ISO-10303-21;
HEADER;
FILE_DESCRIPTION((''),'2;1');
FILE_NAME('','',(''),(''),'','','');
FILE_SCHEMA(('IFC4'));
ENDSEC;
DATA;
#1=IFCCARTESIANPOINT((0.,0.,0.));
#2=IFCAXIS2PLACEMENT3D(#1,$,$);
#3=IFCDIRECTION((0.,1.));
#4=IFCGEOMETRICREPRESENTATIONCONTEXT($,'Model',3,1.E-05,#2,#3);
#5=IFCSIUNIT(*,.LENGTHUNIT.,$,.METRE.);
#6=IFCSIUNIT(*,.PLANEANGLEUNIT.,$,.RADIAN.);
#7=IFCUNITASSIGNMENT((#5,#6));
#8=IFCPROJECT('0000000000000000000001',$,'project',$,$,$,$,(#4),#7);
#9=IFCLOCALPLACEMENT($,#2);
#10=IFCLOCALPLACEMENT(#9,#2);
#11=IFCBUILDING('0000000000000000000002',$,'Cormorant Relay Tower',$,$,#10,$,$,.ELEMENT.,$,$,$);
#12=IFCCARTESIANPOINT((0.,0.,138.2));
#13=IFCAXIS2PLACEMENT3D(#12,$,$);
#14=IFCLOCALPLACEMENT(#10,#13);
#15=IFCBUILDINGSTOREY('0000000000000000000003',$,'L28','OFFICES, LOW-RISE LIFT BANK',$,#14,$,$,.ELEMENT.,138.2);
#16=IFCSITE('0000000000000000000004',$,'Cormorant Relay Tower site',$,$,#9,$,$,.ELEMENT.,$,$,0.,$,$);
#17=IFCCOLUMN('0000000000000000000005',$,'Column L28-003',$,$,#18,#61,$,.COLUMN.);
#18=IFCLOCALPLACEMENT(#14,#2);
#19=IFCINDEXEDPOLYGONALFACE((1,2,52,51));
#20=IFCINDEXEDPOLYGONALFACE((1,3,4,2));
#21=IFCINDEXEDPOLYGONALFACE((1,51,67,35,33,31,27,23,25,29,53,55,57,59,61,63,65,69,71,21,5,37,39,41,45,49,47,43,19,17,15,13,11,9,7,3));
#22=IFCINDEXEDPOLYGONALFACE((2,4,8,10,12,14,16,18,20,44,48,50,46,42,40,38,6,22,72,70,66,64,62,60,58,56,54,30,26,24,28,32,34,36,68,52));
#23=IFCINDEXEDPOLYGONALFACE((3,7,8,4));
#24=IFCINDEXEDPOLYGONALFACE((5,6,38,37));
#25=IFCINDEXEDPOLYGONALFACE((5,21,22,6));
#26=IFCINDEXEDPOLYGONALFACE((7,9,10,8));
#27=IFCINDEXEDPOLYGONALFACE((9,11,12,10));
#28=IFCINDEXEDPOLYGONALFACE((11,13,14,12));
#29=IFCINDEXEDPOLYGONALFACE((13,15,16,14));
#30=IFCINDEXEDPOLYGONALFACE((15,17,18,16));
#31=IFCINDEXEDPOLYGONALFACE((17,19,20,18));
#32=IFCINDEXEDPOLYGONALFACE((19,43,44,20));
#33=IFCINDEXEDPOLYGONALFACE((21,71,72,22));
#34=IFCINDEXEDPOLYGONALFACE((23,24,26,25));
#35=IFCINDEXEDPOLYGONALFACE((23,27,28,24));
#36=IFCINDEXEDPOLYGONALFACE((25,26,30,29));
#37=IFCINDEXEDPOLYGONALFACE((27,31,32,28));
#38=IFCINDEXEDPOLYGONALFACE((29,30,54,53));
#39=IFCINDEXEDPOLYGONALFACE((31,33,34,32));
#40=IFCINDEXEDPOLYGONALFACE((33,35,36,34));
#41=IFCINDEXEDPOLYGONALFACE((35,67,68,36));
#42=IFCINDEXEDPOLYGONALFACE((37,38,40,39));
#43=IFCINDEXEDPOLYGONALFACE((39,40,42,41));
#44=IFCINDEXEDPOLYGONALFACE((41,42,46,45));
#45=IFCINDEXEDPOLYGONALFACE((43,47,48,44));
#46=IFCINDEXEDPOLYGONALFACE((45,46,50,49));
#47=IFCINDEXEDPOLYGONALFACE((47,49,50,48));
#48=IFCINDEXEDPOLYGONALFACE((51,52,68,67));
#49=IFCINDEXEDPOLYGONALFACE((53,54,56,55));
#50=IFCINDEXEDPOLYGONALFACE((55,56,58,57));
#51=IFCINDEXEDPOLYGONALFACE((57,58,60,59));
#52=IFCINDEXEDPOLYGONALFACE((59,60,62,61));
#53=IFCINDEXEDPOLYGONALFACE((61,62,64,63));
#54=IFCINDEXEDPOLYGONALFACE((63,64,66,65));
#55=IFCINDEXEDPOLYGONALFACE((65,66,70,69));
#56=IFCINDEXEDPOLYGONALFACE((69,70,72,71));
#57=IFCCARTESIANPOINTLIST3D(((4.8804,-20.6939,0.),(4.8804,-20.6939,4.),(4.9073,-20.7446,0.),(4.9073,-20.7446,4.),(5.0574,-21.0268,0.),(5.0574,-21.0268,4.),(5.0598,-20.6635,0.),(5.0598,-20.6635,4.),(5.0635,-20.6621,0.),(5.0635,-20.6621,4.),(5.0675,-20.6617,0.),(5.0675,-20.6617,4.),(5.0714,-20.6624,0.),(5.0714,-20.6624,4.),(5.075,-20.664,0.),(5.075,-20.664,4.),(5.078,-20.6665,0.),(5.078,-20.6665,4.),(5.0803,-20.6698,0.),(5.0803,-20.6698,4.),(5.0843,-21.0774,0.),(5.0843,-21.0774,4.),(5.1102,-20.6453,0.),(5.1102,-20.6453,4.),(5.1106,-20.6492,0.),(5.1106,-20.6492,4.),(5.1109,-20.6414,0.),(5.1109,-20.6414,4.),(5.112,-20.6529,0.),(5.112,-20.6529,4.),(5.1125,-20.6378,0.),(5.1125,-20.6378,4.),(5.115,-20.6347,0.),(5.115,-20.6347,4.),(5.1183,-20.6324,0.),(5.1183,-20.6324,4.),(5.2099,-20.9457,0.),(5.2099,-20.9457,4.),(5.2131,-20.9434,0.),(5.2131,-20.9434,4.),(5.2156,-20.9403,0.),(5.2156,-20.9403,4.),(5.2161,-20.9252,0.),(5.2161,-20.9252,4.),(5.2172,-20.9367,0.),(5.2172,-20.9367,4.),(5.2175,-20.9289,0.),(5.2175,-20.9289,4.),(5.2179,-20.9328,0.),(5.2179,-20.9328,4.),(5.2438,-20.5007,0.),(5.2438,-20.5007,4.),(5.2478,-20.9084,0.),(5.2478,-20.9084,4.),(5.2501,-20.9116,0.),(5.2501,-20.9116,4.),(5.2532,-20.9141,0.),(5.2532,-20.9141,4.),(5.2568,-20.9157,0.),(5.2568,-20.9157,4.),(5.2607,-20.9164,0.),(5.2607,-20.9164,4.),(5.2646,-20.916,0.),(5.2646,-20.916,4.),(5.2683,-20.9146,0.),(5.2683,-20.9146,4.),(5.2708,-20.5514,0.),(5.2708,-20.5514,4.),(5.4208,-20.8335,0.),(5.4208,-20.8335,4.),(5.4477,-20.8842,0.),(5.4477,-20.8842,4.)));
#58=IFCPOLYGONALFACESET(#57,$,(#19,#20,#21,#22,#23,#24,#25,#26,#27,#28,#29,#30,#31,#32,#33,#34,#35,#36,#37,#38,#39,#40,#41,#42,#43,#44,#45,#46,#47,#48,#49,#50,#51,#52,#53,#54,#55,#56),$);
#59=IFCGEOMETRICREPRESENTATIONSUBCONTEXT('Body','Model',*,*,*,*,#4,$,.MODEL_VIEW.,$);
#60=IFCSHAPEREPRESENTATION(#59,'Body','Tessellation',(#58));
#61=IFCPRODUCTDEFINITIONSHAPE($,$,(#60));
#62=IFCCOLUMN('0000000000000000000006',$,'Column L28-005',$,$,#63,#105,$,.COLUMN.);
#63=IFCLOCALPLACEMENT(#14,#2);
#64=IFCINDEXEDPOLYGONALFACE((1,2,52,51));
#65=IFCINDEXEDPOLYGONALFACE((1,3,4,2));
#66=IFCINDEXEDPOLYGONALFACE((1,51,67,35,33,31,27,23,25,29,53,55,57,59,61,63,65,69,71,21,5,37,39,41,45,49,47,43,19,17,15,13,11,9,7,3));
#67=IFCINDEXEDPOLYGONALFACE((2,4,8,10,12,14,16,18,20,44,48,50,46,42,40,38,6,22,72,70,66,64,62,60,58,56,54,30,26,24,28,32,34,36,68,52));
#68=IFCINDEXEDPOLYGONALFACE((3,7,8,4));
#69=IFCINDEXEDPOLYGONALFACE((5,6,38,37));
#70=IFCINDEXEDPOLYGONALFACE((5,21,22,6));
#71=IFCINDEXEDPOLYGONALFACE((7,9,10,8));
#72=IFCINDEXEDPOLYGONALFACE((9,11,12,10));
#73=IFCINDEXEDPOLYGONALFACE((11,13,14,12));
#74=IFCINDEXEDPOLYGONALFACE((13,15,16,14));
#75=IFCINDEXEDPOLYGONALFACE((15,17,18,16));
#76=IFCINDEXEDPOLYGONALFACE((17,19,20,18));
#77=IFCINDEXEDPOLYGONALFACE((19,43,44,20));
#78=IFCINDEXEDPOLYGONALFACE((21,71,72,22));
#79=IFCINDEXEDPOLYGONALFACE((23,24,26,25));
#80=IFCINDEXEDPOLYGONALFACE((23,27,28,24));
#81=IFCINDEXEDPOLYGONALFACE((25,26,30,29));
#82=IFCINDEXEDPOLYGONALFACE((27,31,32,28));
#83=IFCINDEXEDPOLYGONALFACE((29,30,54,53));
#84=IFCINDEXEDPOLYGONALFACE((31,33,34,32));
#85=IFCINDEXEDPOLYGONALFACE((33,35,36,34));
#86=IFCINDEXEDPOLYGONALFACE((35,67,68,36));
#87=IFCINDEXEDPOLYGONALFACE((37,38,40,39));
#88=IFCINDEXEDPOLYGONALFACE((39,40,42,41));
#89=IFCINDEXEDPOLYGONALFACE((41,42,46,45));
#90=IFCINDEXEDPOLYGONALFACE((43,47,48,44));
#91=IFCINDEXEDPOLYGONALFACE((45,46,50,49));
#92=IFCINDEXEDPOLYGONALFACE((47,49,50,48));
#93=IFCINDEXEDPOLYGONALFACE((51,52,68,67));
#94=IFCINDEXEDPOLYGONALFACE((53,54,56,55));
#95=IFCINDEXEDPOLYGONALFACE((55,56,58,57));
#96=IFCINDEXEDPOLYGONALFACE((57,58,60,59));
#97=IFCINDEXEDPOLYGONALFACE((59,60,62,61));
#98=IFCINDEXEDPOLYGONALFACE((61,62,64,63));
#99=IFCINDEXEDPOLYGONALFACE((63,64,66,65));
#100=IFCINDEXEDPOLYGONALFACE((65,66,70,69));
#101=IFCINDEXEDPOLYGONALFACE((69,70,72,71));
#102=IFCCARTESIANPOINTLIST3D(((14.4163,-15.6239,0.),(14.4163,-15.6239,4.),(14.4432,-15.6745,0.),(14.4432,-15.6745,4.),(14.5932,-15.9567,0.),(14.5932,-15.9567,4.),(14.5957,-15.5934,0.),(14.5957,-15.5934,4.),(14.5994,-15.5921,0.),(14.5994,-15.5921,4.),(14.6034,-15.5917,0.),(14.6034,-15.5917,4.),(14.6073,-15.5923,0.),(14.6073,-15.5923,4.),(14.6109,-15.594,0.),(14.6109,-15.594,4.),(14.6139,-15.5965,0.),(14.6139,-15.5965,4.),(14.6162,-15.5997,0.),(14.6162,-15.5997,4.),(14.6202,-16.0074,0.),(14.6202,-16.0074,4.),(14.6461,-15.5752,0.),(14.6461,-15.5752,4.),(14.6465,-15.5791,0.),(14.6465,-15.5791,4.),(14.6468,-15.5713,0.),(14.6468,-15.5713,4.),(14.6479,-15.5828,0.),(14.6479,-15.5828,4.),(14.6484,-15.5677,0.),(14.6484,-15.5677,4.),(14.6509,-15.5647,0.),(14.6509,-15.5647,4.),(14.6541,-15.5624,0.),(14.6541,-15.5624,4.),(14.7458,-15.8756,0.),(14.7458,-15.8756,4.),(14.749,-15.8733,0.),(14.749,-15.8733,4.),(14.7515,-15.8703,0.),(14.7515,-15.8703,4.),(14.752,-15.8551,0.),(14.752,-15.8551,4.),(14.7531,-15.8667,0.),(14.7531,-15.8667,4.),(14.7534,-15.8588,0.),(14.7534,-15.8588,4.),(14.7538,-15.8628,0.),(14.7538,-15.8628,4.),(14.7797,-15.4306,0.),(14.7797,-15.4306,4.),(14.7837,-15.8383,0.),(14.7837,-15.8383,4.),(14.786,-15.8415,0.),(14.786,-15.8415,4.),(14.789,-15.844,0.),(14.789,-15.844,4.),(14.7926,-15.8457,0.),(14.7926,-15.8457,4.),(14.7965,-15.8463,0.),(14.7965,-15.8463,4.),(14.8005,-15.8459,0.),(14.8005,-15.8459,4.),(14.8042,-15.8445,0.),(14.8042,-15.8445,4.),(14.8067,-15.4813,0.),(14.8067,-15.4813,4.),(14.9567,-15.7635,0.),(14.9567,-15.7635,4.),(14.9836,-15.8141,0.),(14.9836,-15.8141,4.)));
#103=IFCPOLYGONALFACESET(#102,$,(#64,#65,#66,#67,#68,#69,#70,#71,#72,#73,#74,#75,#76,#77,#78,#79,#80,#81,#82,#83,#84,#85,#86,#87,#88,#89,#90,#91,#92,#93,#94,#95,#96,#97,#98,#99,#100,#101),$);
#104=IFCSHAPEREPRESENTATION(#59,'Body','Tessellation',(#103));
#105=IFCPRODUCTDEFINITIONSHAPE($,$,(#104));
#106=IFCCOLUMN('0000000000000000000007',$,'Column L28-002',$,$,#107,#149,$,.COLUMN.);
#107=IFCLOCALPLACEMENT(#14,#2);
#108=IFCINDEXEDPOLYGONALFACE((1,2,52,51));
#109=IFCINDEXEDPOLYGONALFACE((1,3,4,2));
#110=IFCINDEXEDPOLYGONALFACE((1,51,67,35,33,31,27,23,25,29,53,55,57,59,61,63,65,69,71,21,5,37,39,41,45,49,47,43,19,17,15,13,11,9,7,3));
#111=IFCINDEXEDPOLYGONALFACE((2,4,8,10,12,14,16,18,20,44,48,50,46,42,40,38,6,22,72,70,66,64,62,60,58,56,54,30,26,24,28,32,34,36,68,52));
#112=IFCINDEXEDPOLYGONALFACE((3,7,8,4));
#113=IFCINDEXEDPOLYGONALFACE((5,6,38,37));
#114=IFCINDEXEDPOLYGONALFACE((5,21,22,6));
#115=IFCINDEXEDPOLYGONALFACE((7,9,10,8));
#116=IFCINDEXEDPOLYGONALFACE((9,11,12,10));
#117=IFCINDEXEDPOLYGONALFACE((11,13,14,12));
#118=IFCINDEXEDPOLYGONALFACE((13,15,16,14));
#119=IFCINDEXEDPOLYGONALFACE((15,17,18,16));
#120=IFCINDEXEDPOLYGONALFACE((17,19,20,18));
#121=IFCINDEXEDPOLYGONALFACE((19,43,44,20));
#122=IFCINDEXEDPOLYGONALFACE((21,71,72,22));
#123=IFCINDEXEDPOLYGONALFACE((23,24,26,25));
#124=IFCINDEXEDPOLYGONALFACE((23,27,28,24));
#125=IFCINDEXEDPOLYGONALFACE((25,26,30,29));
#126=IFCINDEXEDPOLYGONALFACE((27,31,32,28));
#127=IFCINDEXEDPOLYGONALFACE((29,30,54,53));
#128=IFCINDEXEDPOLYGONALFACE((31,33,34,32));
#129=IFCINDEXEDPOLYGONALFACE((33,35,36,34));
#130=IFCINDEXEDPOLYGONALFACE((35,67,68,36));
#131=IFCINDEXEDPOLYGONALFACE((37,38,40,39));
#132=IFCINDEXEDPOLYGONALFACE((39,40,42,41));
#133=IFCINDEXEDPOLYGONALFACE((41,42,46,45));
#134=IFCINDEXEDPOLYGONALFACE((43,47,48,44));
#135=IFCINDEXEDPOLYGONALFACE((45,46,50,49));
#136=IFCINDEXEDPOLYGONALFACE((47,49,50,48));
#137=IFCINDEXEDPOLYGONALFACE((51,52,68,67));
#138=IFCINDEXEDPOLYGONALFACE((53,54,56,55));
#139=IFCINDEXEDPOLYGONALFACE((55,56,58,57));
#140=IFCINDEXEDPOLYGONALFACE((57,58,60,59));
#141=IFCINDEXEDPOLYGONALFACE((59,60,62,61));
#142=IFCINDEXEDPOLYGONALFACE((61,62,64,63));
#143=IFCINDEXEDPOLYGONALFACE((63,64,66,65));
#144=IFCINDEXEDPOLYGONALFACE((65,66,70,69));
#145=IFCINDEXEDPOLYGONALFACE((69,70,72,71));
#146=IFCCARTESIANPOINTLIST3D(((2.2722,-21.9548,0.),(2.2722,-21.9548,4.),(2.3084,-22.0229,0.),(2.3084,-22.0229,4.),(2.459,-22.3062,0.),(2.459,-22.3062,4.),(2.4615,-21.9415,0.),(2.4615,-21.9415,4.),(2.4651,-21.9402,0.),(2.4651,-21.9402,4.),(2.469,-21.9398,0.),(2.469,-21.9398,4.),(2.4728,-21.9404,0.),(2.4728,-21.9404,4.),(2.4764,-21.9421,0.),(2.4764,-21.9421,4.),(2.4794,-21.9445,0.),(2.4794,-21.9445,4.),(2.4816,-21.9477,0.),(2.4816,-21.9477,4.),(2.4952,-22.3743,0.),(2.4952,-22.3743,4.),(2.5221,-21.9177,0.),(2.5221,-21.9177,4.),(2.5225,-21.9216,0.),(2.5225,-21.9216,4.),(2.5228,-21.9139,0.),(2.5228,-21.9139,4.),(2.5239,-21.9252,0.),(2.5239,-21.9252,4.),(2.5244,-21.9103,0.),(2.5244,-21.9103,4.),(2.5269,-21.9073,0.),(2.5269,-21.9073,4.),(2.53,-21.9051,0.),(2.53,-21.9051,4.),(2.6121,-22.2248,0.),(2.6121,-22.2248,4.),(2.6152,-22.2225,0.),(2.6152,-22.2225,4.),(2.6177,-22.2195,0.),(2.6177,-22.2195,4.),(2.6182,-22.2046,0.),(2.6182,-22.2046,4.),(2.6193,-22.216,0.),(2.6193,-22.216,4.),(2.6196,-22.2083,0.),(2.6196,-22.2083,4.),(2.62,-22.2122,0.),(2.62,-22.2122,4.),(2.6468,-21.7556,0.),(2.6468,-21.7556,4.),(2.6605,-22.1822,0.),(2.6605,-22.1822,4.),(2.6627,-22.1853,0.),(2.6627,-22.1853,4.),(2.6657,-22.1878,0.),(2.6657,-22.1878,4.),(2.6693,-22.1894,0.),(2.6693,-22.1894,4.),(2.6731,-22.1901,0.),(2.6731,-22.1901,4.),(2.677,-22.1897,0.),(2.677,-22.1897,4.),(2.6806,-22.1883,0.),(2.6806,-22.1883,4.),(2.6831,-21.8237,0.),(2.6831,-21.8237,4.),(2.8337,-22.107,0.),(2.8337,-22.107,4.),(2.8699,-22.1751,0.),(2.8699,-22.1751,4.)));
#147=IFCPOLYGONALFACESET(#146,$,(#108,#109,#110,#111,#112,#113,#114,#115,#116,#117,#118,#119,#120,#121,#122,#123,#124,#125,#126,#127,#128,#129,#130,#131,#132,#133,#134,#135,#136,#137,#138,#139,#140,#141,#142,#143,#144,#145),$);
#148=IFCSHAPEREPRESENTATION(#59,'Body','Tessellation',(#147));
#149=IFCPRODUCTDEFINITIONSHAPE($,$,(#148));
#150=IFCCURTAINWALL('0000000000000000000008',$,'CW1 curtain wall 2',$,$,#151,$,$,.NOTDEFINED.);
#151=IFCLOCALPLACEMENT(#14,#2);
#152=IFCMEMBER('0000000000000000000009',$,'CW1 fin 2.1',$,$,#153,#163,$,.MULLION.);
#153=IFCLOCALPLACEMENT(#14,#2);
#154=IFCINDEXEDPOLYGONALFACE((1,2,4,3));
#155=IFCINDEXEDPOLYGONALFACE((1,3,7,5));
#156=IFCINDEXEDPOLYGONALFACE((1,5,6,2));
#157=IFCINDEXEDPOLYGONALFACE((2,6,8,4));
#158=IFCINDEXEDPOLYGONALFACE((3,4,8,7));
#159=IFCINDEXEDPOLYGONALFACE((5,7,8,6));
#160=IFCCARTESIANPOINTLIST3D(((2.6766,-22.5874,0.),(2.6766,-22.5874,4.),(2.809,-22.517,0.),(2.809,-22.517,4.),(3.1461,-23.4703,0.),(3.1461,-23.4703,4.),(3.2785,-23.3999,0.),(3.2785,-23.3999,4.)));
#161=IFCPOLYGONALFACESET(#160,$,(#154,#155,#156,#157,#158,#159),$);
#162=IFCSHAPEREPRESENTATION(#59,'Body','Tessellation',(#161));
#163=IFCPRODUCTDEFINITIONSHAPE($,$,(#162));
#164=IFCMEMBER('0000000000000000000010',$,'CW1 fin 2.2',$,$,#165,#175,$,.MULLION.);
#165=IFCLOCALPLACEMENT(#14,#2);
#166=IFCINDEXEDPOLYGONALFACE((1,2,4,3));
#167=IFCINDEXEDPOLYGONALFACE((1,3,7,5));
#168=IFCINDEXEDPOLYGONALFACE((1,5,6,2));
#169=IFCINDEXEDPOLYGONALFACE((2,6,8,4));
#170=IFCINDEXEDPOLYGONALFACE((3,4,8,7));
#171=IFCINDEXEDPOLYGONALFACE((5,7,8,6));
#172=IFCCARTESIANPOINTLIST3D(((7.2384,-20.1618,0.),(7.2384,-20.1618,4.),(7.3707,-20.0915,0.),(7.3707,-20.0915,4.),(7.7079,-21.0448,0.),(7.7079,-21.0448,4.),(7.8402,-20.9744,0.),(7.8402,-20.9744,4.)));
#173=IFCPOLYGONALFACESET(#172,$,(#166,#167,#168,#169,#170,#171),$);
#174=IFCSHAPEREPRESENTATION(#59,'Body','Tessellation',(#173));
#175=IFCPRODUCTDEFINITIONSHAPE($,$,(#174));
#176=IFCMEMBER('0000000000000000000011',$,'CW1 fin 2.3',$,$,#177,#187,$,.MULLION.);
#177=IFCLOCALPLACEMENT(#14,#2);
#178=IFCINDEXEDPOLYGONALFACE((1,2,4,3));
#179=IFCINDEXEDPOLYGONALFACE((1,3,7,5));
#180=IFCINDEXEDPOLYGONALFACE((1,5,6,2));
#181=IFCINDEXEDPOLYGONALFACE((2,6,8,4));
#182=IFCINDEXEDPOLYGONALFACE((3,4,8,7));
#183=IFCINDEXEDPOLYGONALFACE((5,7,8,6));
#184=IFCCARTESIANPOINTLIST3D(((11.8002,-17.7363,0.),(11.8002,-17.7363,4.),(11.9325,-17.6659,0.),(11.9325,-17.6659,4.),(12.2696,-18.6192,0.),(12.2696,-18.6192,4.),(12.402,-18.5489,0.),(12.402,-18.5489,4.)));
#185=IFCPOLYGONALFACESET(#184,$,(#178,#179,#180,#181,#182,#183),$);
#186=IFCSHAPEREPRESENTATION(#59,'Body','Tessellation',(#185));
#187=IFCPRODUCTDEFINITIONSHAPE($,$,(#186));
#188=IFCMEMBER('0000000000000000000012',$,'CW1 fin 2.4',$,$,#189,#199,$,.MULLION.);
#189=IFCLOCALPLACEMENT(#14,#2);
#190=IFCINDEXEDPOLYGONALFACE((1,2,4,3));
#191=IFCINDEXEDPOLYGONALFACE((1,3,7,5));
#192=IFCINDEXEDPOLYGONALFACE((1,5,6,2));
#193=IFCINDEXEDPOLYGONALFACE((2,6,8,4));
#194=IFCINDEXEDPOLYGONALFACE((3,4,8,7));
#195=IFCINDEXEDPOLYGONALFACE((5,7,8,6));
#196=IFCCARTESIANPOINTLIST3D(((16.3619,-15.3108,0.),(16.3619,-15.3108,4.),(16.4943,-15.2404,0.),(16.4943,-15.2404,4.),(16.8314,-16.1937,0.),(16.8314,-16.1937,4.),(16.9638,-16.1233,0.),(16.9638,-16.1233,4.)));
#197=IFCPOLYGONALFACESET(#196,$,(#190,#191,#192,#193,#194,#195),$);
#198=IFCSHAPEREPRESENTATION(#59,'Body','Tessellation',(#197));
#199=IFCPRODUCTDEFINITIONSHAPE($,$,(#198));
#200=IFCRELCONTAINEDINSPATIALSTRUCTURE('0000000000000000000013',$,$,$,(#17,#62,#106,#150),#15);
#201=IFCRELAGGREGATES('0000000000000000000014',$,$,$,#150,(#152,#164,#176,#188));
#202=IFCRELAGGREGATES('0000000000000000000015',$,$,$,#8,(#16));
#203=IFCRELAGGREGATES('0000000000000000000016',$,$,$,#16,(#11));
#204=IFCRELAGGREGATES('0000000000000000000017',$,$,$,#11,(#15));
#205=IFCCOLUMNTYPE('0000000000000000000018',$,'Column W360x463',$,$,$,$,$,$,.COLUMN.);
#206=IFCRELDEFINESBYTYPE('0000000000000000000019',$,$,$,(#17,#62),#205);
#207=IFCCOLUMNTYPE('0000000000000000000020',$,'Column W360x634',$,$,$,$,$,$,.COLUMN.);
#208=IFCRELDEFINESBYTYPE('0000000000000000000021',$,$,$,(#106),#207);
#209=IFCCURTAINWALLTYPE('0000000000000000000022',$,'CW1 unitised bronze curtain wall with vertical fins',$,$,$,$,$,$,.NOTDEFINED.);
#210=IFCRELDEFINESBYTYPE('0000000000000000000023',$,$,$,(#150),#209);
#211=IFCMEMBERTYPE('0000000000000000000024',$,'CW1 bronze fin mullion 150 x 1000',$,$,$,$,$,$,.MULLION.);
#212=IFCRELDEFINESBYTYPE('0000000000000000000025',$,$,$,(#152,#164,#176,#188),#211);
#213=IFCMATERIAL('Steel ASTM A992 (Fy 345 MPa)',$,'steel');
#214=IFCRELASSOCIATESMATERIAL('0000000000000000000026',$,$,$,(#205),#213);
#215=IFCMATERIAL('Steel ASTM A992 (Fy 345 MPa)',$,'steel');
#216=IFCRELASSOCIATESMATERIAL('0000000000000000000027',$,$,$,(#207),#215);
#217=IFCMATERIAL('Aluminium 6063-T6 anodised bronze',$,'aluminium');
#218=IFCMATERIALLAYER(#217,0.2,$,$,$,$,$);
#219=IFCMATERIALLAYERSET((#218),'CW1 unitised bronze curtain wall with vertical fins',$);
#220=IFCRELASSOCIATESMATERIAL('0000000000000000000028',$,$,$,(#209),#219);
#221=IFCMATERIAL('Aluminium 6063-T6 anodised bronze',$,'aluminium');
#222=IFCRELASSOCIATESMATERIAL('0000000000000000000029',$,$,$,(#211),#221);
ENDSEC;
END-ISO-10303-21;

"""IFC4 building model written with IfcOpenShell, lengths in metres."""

from ifc_helpers import new_model, si_unit, direction, frame, origin, origin_2d, place, context, subcontext, project, spatial, rectangle, i_section, extrude, material, layer, layer_set, material_profile, profile_set, type_object, element, aggregate, save


model = new_model("IFC4")

# Units and contexts
model_context = context("Model", 3, precision=1e-05, world=origin(), true_north=direction((0.0, 1.0)))
body_context = subcontext(model_context, "Body", "Model", "MODEL_VIEW")
ifc_project = project(units=[si_unit("LENGTHUNIT", "METRE"), si_unit("PLANEANGLEUNIT", "RADIAN")], contexts=[model_context])

# Site, building, storey
site_placement = place(None, origin())
site = spatial("IfcSite", under=ifc_project, at=site_placement, Name="Cormorant Relay Tower site", CompositionType="ELEMENT", RefElevation=0.0)
building_placement = place(site_placement, origin())
building = spatial("IfcBuilding", under=site, at=building_placement, Name="Cormorant Relay Tower", CompositionType="ELEMENT")
storey_placement = place(building_placement, frame((0.0, 0.0, 138.2)))
storey = spatial("IfcBuildingStorey", under=building, at=storey_placement, Name="L28", Description="OFFICES, LOW-RISE LIFT BANK", CompositionType="ELEMENT", Elevation=138.2)

# Columns
ifc_material_1 = material(Name="Steel ASTM A992 (Fy 345 MPa)", Category="steel")
ifc_material_profile_1 = material_profile(ifc_material_1, i_section(OverallWidth=0.4116, OverallDepth=0.4343, WebThickness=0.0359, FlangeThickness=0.0574, FilletRadius=0.0151, at=origin_2d()), Name="W360x463")
ifc_profile_set_1 = profile_set([ifc_material_profile_1], Name="Steel ASTM A992 (Fy 345 MPa)")
column_type_1 = type_object("IfcColumnType", Name="Column W360x463", PredefinedType="COLUMN", material=ifc_profile_set_1)
for number, where, z_axis, x_axis, name in (
    (1, (5.1641, -20.7891, 0.0), (0.0, 0.0, 1.0), (0.882948, 0.469472, 0.0), "Column L28-003"),
    (2, (14.7, -15.719, 0.0), (0.0, 0.0, 1.0), (0.882948, 0.469472, 0.0), "Column L28-005"),
):
    element("IfcColumn", number, at=place(storey_placement, frame(where, z_axis=z_axis, x_axis=x_axis)), inside=storey, type_object=column_type_1, Name=name, PredefinedType="COLUMN", context=body_context, shape_type="SweptSolid", body=[
        extrude(i_section(OverallWidth=0.4116, OverallDepth=0.4343, WebThickness=0.0359, FlangeThickness=0.0574, FilletRadius=0.0151, at=origin_2d()), origin(), (0.0, 0.0, 1.0), 4.0),
    ])
ifc_material_2 = material(Name="Steel ASTM A992 (Fy 345 MPa)", Category="steel")
ifc_material_profile_2 = material_profile(ifc_material_2, i_section(OverallWidth=0.4243, OverallDepth=0.4751, WebThickness=0.0479, FlangeThickness=0.0771, FilletRadius=0.0149, at=origin_2d()), Name="W360x634")
ifc_profile_set_2 = profile_set([ifc_material_profile_2], Name="Steel ASTM A992 (Fy 345 MPa)")
column_type_2 = type_object("IfcColumnType", Name="Column W360x634", PredefinedType="COLUMN", material=ifc_profile_set_2)
column_placement = place(storey_placement, frame((2.571, -22.0649, 0.0), z_axis=(0.0, 0.0, 1.0), x_axis=(0.882948, 0.469472, 0.0)))
element("IfcColumn", 3, at=column_placement, inside=storey, type_object=column_type_2, Name="Column L28-002", PredefinedType="COLUMN", context=body_context, shape_type="SweptSolid", body=[
    extrude(i_section(OverallWidth=0.4243, OverallDepth=0.4751, WebThickness=0.0479, FlangeThickness=0.0771, FilletRadius=0.0149, at=origin_2d()), origin(), (0.0, 0.0, 1.0), 4.0),
])

# Curtain wall, members
ifc_material_3 = material(Name="Aluminium 6063-T6 anodised bronze", Category="aluminium")
ifc_layer_1 = layer(ifc_material_3, 0.2)
ifc_layer_set_1 = layer_set([ifc_layer_1], Name="CW1 unitised bronze curtain wall with vertical fins")
curtain_wall_type = type_object("IfcCurtainWallType", Name="CW1 unitised bronze curtain wall with vertical fins", PredefinedType="NOTDEFINED", material=ifc_layer_set_1)
curtain_wall_1_placement = place(storey_placement, origin())
curtain_wall_1 = element("IfcCurtainWall", 4, at=curtain_wall_1_placement, inside=storey, type_object=curtain_wall_type, Name="CW1 curtain wall 2", PredefinedType="NOTDEFINED")
ifc_material_4 = material(Name="Aluminium 6063-T6 anodised bronze", Category="aluminium")
ifc_material_profile_3 = material_profile(ifc_material_4, rectangle(XDim=0.1499, YDim=1.0, at=origin_2d()), Name="AL 150x1000")
ifc_profile_set_3 = profile_set([ifc_material_profile_3], Name="Aluminium 6063-T6 anodised bronze")
member_type_1 = type_object("IfcMemberType", Name="CW1 bronze fin mullion 150 x 1000", PredefinedType="MULLION", material=ifc_profile_set_3)
member_1_placement = place(storey_placement, frame((2.9775, -22.9937, 0.0), z_axis=(0.0, 0.0, 1.0), x_axis=(0.882948, 0.469472, 0.0)))
member_1 = element("IfcMember", 5, at=member_1_placement, type_object=member_type_1, Name="CW1 fin 2.1", PredefinedType="MULLION", context=body_context, shape_type="SweptSolid", body=[
    extrude(rectangle(XDim=0.1499, YDim=1.0, at=origin_2d()), origin(), (0.0, 0.0, 1.0), 4.0),
])
member_2_placement = place(storey_placement, frame((7.5393, -20.5681, 0.0), z_axis=(0.0, 0.0, 1.0), x_axis=(0.882948, 0.469472, 0.0)))
member_2 = element("IfcMember", 6, at=member_2_placement, type_object=member_type_1, Name="CW1 fin 2.2", PredefinedType="MULLION", context=body_context, shape_type="SweptSolid", body=[
    extrude(rectangle(XDim=0.1499, YDim=1.0, at=origin_2d()), origin(), (0.0, 0.0, 1.0), 4.0),
])
member_3_placement = place(storey_placement, frame((12.1011, -18.1426, 0.0), z_axis=(0.0, 0.0, 1.0), x_axis=(0.882948, 0.469472, 0.0)))
member_3 = element("IfcMember", 7, at=member_3_placement, type_object=member_type_1, Name="CW1 fin 2.3", PredefinedType="MULLION", context=body_context, shape_type="SweptSolid", body=[
    extrude(rectangle(XDim=0.1499, YDim=1.0, at=origin_2d()), origin(), (0.0, 0.0, 1.0), 4.0),
])
member_4_placement = place(storey_placement, frame((16.6628, -15.717, 0.0), z_axis=(0.0, 0.0, 1.0), x_axis=(0.882948, 0.469472, 0.0)))
member_4 = element("IfcMember", 8, at=member_4_placement, type_object=member_type_1, Name="CW1 fin 2.4", PredefinedType="MULLION", context=body_context, shape_type="SweptSolid", body=[
    extrude(rectangle(XDim=0.1499, YDim=1.0, at=origin_2d()), origin(), (0.0, 0.0, 1.0), 4.0),
])

aggregate(curtain_wall_1, [member_1, member_2, member_3, member_4])

save(model, "model.ifc")
